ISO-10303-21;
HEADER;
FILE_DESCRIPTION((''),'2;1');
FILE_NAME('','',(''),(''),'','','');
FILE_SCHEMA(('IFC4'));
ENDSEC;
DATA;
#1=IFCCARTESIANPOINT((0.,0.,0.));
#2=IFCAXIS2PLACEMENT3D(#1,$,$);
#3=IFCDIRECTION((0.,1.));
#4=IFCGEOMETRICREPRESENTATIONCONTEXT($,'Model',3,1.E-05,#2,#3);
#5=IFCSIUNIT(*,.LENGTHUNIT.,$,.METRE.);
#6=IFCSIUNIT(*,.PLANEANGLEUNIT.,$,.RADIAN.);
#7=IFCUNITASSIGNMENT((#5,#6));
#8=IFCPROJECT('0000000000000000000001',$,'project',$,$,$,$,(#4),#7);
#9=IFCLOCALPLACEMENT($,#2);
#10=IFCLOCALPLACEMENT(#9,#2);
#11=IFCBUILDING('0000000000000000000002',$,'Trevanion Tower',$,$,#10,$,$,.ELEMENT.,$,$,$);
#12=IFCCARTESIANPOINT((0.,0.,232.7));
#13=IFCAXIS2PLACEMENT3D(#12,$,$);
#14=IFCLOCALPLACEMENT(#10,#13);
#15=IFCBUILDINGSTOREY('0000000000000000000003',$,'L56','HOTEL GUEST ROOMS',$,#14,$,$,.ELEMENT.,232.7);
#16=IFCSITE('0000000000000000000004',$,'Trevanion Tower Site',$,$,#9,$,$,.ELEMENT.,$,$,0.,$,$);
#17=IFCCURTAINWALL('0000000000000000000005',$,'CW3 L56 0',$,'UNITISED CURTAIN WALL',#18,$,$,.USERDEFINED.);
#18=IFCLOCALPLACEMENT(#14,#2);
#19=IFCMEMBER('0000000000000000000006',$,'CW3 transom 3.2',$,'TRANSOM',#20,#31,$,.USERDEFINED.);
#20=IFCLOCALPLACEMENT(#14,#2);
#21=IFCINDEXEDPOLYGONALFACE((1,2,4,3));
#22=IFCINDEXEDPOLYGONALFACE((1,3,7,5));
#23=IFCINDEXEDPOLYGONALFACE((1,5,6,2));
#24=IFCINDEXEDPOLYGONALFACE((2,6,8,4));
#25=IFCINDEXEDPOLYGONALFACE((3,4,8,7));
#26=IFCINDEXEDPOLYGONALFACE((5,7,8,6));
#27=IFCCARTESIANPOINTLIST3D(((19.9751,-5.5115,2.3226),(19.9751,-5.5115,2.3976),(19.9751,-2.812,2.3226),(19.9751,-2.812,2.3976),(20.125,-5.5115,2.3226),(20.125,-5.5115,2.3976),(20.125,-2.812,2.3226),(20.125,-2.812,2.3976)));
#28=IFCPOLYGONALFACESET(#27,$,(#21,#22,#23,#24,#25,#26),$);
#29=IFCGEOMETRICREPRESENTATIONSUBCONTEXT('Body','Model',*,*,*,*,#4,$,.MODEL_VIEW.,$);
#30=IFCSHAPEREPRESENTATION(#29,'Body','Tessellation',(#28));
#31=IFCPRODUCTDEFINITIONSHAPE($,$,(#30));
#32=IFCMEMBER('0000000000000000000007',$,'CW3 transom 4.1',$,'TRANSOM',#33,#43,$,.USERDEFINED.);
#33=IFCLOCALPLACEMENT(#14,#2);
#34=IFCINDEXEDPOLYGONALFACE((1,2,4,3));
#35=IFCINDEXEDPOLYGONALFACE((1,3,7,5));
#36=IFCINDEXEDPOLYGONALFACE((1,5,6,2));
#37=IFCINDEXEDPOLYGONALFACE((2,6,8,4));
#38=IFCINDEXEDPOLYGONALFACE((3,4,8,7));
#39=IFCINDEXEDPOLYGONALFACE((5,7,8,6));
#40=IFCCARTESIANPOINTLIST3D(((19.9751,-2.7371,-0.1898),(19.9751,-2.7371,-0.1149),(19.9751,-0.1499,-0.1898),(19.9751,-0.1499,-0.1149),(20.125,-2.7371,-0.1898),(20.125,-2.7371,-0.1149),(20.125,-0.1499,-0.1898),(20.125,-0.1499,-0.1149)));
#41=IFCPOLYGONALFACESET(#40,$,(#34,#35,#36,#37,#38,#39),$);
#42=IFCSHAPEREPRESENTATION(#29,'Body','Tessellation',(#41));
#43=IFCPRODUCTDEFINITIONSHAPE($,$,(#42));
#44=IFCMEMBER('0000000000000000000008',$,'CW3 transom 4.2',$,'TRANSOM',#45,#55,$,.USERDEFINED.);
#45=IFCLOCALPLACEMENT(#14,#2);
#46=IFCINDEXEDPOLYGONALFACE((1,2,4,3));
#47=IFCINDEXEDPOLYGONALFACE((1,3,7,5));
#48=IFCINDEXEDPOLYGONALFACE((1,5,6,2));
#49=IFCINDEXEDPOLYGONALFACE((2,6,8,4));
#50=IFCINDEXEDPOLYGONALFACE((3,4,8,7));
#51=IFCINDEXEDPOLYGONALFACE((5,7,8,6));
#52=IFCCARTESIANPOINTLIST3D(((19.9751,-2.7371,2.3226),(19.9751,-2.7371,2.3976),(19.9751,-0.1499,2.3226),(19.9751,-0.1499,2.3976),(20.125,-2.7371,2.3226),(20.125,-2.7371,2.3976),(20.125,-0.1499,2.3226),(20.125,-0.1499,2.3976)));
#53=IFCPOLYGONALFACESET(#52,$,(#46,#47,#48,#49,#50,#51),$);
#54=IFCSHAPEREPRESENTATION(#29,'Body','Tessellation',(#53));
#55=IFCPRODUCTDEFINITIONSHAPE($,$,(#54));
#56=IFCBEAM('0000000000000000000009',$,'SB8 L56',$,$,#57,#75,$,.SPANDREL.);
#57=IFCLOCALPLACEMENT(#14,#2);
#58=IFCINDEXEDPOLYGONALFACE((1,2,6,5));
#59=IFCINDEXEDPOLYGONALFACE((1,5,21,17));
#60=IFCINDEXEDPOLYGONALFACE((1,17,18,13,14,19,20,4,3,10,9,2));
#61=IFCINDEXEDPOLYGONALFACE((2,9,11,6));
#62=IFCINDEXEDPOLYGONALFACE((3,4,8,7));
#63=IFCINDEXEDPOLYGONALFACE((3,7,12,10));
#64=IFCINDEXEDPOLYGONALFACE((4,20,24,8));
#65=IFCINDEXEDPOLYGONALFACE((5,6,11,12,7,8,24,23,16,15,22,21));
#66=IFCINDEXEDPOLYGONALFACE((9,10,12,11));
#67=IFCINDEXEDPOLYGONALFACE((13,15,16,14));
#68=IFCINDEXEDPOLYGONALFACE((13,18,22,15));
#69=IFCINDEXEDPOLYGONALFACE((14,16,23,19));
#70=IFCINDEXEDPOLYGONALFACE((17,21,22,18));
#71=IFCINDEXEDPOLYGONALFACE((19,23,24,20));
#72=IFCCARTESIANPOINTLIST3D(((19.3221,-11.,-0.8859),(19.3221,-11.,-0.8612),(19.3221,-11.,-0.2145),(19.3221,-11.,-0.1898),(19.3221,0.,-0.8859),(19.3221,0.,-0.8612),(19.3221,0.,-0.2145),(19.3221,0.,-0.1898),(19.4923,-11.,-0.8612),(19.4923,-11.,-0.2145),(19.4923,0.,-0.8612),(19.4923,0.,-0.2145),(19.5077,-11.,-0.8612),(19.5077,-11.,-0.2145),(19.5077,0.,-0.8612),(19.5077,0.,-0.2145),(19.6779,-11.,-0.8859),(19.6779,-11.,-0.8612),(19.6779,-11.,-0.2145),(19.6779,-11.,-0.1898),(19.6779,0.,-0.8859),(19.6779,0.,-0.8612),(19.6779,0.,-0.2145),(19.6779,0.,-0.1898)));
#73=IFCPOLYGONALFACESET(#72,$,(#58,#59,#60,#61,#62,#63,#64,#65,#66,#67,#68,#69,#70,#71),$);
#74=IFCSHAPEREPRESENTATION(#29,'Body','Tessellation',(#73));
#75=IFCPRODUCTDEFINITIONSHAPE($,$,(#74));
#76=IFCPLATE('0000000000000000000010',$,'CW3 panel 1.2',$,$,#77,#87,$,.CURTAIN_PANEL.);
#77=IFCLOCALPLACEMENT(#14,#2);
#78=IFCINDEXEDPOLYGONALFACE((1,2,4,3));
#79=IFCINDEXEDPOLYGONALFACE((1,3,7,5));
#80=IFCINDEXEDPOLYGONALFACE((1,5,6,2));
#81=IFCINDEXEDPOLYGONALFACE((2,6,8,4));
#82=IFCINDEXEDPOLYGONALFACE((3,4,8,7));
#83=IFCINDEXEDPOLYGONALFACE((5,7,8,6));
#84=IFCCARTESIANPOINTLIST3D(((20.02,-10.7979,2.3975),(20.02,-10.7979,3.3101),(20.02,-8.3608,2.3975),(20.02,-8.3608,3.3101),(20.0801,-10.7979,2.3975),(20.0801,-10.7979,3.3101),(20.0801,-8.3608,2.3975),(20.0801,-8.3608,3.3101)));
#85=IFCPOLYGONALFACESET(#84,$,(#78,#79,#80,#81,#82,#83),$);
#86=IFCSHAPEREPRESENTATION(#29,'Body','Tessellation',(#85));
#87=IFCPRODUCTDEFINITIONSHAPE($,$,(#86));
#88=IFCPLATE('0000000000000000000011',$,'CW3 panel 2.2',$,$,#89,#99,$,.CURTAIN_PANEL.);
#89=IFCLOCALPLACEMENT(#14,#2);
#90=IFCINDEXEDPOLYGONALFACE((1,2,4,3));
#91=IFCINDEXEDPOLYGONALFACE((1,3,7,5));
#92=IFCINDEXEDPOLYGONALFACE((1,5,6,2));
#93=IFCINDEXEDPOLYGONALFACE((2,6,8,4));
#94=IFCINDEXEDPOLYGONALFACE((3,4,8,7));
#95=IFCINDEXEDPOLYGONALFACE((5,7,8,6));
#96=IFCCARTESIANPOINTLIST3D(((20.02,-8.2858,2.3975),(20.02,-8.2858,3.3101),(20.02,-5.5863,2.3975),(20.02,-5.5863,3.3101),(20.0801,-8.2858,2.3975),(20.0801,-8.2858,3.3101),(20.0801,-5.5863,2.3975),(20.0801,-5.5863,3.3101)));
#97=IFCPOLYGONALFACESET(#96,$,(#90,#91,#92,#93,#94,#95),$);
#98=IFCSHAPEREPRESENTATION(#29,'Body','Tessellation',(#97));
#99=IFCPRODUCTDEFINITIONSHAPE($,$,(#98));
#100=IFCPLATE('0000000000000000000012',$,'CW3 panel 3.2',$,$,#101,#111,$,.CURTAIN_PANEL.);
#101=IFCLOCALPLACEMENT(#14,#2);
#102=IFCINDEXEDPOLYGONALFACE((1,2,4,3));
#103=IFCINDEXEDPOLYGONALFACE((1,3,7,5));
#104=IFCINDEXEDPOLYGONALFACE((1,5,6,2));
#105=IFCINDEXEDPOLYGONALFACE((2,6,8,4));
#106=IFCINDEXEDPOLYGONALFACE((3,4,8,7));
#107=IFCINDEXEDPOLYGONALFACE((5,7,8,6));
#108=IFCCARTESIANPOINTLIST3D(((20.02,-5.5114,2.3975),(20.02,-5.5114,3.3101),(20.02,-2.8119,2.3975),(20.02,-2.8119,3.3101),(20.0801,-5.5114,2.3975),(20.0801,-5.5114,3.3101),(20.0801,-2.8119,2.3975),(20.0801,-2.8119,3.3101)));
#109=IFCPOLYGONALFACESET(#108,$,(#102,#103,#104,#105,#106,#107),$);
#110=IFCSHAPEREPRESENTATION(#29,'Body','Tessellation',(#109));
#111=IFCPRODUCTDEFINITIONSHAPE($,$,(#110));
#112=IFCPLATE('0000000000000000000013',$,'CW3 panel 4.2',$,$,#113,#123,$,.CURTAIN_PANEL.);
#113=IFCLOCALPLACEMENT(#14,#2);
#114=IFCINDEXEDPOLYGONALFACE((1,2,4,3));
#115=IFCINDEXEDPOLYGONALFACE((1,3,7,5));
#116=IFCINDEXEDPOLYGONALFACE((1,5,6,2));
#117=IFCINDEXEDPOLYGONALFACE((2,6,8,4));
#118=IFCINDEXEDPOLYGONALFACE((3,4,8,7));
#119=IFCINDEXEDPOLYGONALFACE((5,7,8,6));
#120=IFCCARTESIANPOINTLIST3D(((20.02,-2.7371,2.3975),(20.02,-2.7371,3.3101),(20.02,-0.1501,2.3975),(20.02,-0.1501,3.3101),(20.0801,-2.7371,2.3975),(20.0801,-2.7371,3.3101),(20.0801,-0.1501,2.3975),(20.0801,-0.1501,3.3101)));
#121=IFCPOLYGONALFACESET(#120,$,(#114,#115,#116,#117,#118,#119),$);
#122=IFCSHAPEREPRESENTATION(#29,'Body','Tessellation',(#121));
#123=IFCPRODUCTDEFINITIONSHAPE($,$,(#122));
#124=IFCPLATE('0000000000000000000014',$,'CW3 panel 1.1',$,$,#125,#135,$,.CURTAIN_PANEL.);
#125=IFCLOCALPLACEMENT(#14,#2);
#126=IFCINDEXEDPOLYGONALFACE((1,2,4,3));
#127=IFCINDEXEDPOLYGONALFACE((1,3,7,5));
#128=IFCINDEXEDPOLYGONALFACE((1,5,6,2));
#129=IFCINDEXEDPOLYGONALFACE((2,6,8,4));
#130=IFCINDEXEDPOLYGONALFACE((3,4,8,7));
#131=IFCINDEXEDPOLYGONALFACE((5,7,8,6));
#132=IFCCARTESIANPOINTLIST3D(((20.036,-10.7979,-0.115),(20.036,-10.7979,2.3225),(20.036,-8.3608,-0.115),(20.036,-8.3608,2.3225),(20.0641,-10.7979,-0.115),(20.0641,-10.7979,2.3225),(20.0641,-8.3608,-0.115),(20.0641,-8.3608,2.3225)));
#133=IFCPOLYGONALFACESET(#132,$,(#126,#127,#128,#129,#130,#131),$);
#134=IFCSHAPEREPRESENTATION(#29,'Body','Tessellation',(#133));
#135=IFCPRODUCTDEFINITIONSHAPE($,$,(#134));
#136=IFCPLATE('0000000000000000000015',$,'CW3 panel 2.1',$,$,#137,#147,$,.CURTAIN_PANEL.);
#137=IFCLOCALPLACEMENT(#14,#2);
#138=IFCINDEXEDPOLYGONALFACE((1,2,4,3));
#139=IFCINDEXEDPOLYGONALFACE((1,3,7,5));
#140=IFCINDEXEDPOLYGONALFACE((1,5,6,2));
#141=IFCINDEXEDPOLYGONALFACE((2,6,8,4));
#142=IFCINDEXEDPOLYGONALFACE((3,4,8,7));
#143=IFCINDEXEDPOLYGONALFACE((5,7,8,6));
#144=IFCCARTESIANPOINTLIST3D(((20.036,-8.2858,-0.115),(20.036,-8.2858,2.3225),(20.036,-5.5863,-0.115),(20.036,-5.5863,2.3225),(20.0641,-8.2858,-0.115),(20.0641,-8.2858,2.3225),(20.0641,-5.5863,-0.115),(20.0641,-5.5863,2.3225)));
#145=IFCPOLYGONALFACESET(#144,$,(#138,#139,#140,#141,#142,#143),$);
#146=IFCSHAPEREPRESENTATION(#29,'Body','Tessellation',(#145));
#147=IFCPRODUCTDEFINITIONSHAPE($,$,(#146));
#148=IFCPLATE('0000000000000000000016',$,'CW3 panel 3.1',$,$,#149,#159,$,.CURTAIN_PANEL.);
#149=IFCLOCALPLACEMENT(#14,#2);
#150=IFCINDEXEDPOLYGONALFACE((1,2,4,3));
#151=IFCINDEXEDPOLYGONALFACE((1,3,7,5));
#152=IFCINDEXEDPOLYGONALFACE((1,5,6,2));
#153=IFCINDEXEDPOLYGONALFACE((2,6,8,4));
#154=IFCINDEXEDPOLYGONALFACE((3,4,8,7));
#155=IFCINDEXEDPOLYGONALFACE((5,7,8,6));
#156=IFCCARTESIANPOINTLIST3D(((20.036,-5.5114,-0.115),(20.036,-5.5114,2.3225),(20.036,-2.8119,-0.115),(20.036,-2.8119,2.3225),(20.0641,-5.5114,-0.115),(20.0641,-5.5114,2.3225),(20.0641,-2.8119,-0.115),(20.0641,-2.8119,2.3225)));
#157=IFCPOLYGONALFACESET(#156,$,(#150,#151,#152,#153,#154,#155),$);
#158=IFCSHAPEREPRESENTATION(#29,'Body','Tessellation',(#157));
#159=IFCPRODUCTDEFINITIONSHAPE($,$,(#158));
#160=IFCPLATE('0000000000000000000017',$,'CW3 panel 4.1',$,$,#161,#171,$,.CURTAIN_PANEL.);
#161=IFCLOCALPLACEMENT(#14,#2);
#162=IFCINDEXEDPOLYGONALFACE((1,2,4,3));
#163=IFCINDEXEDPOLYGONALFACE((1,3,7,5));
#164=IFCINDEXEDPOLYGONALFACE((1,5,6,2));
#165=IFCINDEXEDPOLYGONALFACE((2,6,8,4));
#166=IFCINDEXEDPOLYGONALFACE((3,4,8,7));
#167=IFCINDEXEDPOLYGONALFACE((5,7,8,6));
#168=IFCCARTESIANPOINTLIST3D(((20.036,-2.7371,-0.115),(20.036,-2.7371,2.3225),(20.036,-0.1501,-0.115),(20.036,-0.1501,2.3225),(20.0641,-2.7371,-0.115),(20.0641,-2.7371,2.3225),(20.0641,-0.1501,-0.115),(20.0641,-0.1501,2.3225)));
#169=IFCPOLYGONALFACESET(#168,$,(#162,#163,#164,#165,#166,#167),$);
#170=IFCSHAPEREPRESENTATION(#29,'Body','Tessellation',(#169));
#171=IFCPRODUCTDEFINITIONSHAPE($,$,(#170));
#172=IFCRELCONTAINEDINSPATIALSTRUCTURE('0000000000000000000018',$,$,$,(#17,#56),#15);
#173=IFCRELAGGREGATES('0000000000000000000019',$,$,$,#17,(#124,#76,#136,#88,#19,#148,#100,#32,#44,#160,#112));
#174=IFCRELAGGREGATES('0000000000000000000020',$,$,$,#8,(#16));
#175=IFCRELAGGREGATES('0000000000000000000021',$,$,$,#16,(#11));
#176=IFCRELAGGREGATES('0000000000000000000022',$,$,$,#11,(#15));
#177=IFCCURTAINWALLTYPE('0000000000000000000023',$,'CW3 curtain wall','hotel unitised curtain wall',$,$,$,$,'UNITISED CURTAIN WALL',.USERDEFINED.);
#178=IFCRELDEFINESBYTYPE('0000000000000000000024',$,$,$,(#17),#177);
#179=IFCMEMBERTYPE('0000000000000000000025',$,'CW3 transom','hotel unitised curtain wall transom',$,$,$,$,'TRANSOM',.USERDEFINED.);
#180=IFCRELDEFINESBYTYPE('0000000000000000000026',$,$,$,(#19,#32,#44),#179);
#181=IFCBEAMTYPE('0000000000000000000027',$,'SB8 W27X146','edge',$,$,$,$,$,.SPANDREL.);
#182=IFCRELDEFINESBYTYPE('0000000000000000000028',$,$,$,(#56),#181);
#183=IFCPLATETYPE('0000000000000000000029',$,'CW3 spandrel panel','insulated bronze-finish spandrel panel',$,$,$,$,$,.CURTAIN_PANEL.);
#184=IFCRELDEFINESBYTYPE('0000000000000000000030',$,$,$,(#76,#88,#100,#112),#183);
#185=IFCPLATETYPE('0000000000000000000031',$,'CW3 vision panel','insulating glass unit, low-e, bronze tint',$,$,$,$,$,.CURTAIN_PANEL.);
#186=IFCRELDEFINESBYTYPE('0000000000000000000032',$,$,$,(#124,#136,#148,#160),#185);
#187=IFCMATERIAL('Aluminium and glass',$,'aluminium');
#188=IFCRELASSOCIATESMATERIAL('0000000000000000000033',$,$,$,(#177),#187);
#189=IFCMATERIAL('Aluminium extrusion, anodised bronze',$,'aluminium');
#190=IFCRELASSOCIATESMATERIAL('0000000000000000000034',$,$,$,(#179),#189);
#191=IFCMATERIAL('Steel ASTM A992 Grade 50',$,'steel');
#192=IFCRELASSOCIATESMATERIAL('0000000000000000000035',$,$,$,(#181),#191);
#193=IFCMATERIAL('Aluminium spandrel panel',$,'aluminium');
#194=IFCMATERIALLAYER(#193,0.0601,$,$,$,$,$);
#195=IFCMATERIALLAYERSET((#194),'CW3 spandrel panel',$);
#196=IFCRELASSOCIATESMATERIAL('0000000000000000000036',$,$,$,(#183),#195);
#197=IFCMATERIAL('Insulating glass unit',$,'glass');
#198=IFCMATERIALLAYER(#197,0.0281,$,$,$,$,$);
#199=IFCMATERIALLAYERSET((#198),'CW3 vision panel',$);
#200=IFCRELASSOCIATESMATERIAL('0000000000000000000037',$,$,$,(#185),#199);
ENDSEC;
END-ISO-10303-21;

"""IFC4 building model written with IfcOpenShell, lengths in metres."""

from ifc_helpers import new_model, si_unit, direction, frame, origin, origin_2d, place, context, subcontext, project, spatial, rectangle, i_section, extrude, material, layer, layer_set, material_profile, profile_set, type_object, element, aggregate, save


model = new_model("IFC4")

# Units and contexts
model_context = context("Model", 3, precision=1e-05, world=origin(), true_north=direction((0.0, 1.0)))
body_context = subcontext(model_context, "Body", "Model", "MODEL_VIEW")
ifc_project = project(units=[si_unit("LENGTHUNIT", "METRE"), si_unit("PLANEANGLEUNIT", "RADIAN")], contexts=[model_context])

# Site, building, storey
site_placement = place(None, origin())
site = spatial("IfcSite", under=ifc_project, at=site_placement, Name="Trevanion Tower Site", CompositionType="ELEMENT", RefElevation=0.0)
building_placement = place(site_placement, origin())
building = spatial("IfcBuilding", under=site, at=building_placement, Name="Trevanion Tower", CompositionType="ELEMENT")
storey_placement = place(building_placement, frame((0.0, 0.0, 232.7)))
storey = spatial("IfcBuildingStorey", under=building, at=storey_placement, Name="L56", Description="HOTEL GUEST ROOMS", CompositionType="ELEMENT", Elevation=232.7)

# Curtain wall, members
ifc_material_1 = material(Name="Aluminium and glass", Category="aluminium")
curtain_wall_type = type_object("IfcCurtainWallType", Name="CW3 curtain wall", Description="hotel unitised curtain wall", ElementType="UNITISED CURTAIN WALL", PredefinedType="USERDEFINED", material=ifc_material_1)
curtain_wall_placement = place(storey_placement, origin())
curtain_wall = element("IfcCurtainWall", 1, at=curtain_wall_placement, inside=storey, type_object=curtain_wall_type, Name="CW3 L56 0", ObjectType="UNITISED CURTAIN WALL", PredefinedType="USERDEFINED")
ifc_material_2 = material(Name="Aluminium extrusion, anodised bronze", Category="aluminium")
ifc_material_profile_1 = material_profile(ifc_material_2, rectangle(XDim=0.1499, YDim=0.075, at=origin_2d()), Name="CW3 transom")
ifc_profile_set_1 = profile_set([ifc_material_profile_1], Name="Aluminium extrusion, anodised bronze")
member_type_1 = type_object("IfcMemberType", Name="CW3 transom", Description="hotel unitised curtain wall transom", ElementType="TRANSOM", PredefinedType="USERDEFINED", material=ifc_profile_set_1)
member_1_placement = place(storey_placement, frame((20.05, -5.5115, 2.3601), z_axis=(0.0, 1.0, 0.0), x_axis=(-1.0, 0.0, 0.0)))
member_1 = element("IfcMember", 2, at=member_1_placement, type_object=member_type_1, Name="CW3 transom 3.2", ObjectType="TRANSOM", PredefinedType="USERDEFINED", context=body_context, shape_type="SweptSolid", body=[
    extrude(rectangle(XDim=0.1499, YDim=0.075, at=origin_2d()), origin(), (0.0, 0.0, 1.0), 2.6995),
])
member_2_placement = place(storey_placement, frame((20.05, -2.7371, -0.1523), z_axis=(0.0, 1.0, 0.0), x_axis=(-1.0, 0.0, 0.0)))
member_2 = element("IfcMember", 3, at=member_2_placement, type_object=member_type_1, Name="CW3 transom 4.1", ObjectType="TRANSOM", PredefinedType="USERDEFINED", context=body_context, shape_type="SweptSolid", body=[
    extrude(rectangle(XDim=0.1499, YDim=0.075, at=origin_2d()), origin(), (0.0, 0.0, 1.0), 2.5872),
])
member_3_placement = place(storey_placement, frame((20.05, -2.7371, 2.3601), z_axis=(0.0, 1.0, 0.0), x_axis=(-1.0, 0.0, 0.0)))
member_3 = element("IfcMember", 4, at=member_3_placement, type_object=member_type_1, Name="CW3 transom 4.2", ObjectType="TRANSOM", PredefinedType="USERDEFINED", context=body_context, shape_type="SweptSolid", body=[
    extrude(rectangle(XDim=0.1499, YDim=0.075, at=origin_2d()), origin(), (0.0, 0.0, 1.0), 2.5872),
])

# Beam
ifc_material_3 = material(Name="Steel ASTM A992 Grade 50", Category="steel")
ifc_material_profile_2 = material_profile(ifc_material_3, i_section(OverallWidth=0.3557, OverallDepth=0.696, WebThickness=0.0154, FlangeThickness=0.0247, at=origin_2d()), Name="W27X146")
ifc_profile_set_2 = profile_set([ifc_material_profile_2], Name="Steel ASTM A992 Grade 50")
beam_type_1 = type_object("IfcBeamType", Name="SB8 W27X146", Description="edge", PredefinedType="SPANDREL", material=ifc_profile_set_2)
beam_placement = place(storey_placement, frame((19.5, -11.0, -0.5378), z_axis=(0.0, 1.0, 0.0), x_axis=(-1.0, 0.0, 0.0)))
element("IfcBeam", 5, at=beam_placement, inside=storey, type_object=beam_type_1, Name="SB8 L56", PredefinedType="SPANDREL", context=body_context, shape_type="SweptSolid", body=[
    extrude(i_section(OverallWidth=0.3557, OverallDepth=0.696, WebThickness=0.0154, FlangeThickness=0.0247, at=origin_2d()), origin(), (0.0, 0.0, 1.0), 11.0),
])

# Plates
ifc_material_4 = material(Name="Aluminium spandrel panel", Category="aluminium")
ifc_layer_1 = layer(ifc_material_4, 0.0601)
ifc_layer_set_1 = layer_set([ifc_layer_1], Name="CW3 spandrel panel")
plate_type_1 = type_object("IfcPlateType", Name="CW3 spandrel panel", Description="insulated bronze-finish spandrel panel", PredefinedType="CURTAIN_PANEL", material=ifc_layer_set_1)
plate_1_placement = place(storey_placement, frame((20.05, -9.5793, 2.3975), z_axis=(0.0, 0.0, 1.0), x_axis=(0.0, 1.0, 0.0)))
plate_1 = element("IfcPlate", 6, at=plate_1_placement, type_object=plate_type_1, Name="CW3 panel 1.2", PredefinedType="CURTAIN_PANEL", context=body_context, shape_type="SweptSolid", body=[
    extrude(rectangle(XDim=2.437, YDim=0.0601, at=origin_2d()), origin(), (0.0, 0.0, 1.0), 0.9126),
])
plate_2_placement = place(storey_placement, frame((20.05, -6.936, 2.3975), z_axis=(0.0, 0.0, 1.0), x_axis=(0.0, 1.0, 0.0)))
plate_2 = element("IfcPlate", 7, at=plate_2_placement, type_object=plate_type_1, Name="CW3 panel 2.2", PredefinedType="CURTAIN_PANEL", context=body_context, shape_type="SweptSolid", body=[
    extrude(rectangle(XDim=2.6995, YDim=0.0601, at=origin_2d()), origin(), (0.0, 0.0, 1.0), 0.9126),
])
plate_3_placement = place(storey_placement, frame((20.05, -4.1616, 2.3975), z_axis=(0.0, 0.0, 1.0), x_axis=(0.0, 1.0, 0.0)))
plate_3 = element("IfcPlate", 8, at=plate_3_placement, type_object=plate_type_1, Name="CW3 panel 3.2", PredefinedType="CURTAIN_PANEL", context=body_context, shape_type="SweptSolid", body=[
    extrude(rectangle(XDim=2.6995, YDim=0.0601, at=origin_2d()), origin(), (0.0, 0.0, 1.0), 0.9126),
])
plate_4_placement = place(storey_placement, frame((20.05, -1.4436, 2.3975), z_axis=(0.0, 0.0, 1.0), x_axis=(0.0, 1.0, 0.0)))
plate_4 = element("IfcPlate", 9, at=plate_4_placement, type_object=plate_type_1, Name="CW3 panel 4.2", PredefinedType="CURTAIN_PANEL", context=body_context, shape_type="SweptSolid", body=[
    extrude(rectangle(XDim=2.5869, YDim=0.0601, at=origin_2d()), origin(), (0.0, 0.0, 1.0), 0.9126),
])
ifc_material_5 = material(Name="Insulating glass unit", Category="glass")
ifc_layer_2 = layer(ifc_material_5, 0.0281)
ifc_layer_set_2 = layer_set([ifc_layer_2], Name="CW3 vision panel")
plate_type_2 = type_object("IfcPlateType", Name="CW3 vision panel", Description="insulating glass unit, low-e, bronze tint", PredefinedType="CURTAIN_PANEL", material=ifc_layer_set_2)
plate_5_placement = place(storey_placement, frame((20.05, -9.5793, -0.115), z_axis=(0.0, 0.0, 1.0), x_axis=(0.0, 1.0, 0.0)))
plate_5 = element("IfcPlate", 10, at=plate_5_placement, type_object=plate_type_2, Name="CW3 panel 1.1", PredefinedType="CURTAIN_PANEL", context=body_context, shape_type="SweptSolid", body=[
    extrude(rectangle(XDim=2.437, YDim=0.0281, at=origin_2d()), origin(), (0.0, 0.0, 1.0), 2.4375),
])
plate_6_placement = place(storey_placement, frame((20.05, -6.936, -0.115), z_axis=(0.0, 0.0, 1.0), x_axis=(0.0, 1.0, 0.0)))
plate_6 = element("IfcPlate", 11, at=plate_6_placement, type_object=plate_type_2, Name="CW3 panel 2.1", PredefinedType="CURTAIN_PANEL", context=body_context, shape_type="SweptSolid", body=[
    extrude(rectangle(XDim=2.6995, YDim=0.0281, at=origin_2d()), origin(), (0.0, 0.0, 1.0), 2.4375),
])
plate_7_placement = place(storey_placement, frame((20.05, -4.1616, -0.115), z_axis=(0.0, 0.0, 1.0), x_axis=(0.0, 1.0, 0.0)))
plate_7 = element("IfcPlate", 12, at=plate_7_placement, type_object=plate_type_2, Name="CW3 panel 3.1", PredefinedType="CURTAIN_PANEL", context=body_context, shape_type="SweptSolid", body=[
    extrude(rectangle(XDim=2.6995, YDim=0.0281, at=origin_2d()), origin(), (0.0, 0.0, 1.0), 2.4375),
])
plate_8_placement = place(storey_placement, frame((20.05, -1.4436, -0.115), z_axis=(0.0, 0.0, 1.0), x_axis=(0.0, 1.0, 0.0)))
plate_8 = element("IfcPlate", 13, at=plate_8_placement, type_object=plate_type_2, Name="CW3 panel 4.1", PredefinedType="CURTAIN_PANEL", context=body_context, shape_type="SweptSolid", body=[
    extrude(rectangle(XDim=2.5869, YDim=0.0281, at=origin_2d()), origin(), (0.0, 0.0, 1.0), 2.4375),
])
aggregate(curtain_wall, [plate_5, plate_1, plate_6, plate_2, member_1, plate_7, plate_3, member_2, member_3, plate_8, plate_4])

save(model, "model.ifc")
